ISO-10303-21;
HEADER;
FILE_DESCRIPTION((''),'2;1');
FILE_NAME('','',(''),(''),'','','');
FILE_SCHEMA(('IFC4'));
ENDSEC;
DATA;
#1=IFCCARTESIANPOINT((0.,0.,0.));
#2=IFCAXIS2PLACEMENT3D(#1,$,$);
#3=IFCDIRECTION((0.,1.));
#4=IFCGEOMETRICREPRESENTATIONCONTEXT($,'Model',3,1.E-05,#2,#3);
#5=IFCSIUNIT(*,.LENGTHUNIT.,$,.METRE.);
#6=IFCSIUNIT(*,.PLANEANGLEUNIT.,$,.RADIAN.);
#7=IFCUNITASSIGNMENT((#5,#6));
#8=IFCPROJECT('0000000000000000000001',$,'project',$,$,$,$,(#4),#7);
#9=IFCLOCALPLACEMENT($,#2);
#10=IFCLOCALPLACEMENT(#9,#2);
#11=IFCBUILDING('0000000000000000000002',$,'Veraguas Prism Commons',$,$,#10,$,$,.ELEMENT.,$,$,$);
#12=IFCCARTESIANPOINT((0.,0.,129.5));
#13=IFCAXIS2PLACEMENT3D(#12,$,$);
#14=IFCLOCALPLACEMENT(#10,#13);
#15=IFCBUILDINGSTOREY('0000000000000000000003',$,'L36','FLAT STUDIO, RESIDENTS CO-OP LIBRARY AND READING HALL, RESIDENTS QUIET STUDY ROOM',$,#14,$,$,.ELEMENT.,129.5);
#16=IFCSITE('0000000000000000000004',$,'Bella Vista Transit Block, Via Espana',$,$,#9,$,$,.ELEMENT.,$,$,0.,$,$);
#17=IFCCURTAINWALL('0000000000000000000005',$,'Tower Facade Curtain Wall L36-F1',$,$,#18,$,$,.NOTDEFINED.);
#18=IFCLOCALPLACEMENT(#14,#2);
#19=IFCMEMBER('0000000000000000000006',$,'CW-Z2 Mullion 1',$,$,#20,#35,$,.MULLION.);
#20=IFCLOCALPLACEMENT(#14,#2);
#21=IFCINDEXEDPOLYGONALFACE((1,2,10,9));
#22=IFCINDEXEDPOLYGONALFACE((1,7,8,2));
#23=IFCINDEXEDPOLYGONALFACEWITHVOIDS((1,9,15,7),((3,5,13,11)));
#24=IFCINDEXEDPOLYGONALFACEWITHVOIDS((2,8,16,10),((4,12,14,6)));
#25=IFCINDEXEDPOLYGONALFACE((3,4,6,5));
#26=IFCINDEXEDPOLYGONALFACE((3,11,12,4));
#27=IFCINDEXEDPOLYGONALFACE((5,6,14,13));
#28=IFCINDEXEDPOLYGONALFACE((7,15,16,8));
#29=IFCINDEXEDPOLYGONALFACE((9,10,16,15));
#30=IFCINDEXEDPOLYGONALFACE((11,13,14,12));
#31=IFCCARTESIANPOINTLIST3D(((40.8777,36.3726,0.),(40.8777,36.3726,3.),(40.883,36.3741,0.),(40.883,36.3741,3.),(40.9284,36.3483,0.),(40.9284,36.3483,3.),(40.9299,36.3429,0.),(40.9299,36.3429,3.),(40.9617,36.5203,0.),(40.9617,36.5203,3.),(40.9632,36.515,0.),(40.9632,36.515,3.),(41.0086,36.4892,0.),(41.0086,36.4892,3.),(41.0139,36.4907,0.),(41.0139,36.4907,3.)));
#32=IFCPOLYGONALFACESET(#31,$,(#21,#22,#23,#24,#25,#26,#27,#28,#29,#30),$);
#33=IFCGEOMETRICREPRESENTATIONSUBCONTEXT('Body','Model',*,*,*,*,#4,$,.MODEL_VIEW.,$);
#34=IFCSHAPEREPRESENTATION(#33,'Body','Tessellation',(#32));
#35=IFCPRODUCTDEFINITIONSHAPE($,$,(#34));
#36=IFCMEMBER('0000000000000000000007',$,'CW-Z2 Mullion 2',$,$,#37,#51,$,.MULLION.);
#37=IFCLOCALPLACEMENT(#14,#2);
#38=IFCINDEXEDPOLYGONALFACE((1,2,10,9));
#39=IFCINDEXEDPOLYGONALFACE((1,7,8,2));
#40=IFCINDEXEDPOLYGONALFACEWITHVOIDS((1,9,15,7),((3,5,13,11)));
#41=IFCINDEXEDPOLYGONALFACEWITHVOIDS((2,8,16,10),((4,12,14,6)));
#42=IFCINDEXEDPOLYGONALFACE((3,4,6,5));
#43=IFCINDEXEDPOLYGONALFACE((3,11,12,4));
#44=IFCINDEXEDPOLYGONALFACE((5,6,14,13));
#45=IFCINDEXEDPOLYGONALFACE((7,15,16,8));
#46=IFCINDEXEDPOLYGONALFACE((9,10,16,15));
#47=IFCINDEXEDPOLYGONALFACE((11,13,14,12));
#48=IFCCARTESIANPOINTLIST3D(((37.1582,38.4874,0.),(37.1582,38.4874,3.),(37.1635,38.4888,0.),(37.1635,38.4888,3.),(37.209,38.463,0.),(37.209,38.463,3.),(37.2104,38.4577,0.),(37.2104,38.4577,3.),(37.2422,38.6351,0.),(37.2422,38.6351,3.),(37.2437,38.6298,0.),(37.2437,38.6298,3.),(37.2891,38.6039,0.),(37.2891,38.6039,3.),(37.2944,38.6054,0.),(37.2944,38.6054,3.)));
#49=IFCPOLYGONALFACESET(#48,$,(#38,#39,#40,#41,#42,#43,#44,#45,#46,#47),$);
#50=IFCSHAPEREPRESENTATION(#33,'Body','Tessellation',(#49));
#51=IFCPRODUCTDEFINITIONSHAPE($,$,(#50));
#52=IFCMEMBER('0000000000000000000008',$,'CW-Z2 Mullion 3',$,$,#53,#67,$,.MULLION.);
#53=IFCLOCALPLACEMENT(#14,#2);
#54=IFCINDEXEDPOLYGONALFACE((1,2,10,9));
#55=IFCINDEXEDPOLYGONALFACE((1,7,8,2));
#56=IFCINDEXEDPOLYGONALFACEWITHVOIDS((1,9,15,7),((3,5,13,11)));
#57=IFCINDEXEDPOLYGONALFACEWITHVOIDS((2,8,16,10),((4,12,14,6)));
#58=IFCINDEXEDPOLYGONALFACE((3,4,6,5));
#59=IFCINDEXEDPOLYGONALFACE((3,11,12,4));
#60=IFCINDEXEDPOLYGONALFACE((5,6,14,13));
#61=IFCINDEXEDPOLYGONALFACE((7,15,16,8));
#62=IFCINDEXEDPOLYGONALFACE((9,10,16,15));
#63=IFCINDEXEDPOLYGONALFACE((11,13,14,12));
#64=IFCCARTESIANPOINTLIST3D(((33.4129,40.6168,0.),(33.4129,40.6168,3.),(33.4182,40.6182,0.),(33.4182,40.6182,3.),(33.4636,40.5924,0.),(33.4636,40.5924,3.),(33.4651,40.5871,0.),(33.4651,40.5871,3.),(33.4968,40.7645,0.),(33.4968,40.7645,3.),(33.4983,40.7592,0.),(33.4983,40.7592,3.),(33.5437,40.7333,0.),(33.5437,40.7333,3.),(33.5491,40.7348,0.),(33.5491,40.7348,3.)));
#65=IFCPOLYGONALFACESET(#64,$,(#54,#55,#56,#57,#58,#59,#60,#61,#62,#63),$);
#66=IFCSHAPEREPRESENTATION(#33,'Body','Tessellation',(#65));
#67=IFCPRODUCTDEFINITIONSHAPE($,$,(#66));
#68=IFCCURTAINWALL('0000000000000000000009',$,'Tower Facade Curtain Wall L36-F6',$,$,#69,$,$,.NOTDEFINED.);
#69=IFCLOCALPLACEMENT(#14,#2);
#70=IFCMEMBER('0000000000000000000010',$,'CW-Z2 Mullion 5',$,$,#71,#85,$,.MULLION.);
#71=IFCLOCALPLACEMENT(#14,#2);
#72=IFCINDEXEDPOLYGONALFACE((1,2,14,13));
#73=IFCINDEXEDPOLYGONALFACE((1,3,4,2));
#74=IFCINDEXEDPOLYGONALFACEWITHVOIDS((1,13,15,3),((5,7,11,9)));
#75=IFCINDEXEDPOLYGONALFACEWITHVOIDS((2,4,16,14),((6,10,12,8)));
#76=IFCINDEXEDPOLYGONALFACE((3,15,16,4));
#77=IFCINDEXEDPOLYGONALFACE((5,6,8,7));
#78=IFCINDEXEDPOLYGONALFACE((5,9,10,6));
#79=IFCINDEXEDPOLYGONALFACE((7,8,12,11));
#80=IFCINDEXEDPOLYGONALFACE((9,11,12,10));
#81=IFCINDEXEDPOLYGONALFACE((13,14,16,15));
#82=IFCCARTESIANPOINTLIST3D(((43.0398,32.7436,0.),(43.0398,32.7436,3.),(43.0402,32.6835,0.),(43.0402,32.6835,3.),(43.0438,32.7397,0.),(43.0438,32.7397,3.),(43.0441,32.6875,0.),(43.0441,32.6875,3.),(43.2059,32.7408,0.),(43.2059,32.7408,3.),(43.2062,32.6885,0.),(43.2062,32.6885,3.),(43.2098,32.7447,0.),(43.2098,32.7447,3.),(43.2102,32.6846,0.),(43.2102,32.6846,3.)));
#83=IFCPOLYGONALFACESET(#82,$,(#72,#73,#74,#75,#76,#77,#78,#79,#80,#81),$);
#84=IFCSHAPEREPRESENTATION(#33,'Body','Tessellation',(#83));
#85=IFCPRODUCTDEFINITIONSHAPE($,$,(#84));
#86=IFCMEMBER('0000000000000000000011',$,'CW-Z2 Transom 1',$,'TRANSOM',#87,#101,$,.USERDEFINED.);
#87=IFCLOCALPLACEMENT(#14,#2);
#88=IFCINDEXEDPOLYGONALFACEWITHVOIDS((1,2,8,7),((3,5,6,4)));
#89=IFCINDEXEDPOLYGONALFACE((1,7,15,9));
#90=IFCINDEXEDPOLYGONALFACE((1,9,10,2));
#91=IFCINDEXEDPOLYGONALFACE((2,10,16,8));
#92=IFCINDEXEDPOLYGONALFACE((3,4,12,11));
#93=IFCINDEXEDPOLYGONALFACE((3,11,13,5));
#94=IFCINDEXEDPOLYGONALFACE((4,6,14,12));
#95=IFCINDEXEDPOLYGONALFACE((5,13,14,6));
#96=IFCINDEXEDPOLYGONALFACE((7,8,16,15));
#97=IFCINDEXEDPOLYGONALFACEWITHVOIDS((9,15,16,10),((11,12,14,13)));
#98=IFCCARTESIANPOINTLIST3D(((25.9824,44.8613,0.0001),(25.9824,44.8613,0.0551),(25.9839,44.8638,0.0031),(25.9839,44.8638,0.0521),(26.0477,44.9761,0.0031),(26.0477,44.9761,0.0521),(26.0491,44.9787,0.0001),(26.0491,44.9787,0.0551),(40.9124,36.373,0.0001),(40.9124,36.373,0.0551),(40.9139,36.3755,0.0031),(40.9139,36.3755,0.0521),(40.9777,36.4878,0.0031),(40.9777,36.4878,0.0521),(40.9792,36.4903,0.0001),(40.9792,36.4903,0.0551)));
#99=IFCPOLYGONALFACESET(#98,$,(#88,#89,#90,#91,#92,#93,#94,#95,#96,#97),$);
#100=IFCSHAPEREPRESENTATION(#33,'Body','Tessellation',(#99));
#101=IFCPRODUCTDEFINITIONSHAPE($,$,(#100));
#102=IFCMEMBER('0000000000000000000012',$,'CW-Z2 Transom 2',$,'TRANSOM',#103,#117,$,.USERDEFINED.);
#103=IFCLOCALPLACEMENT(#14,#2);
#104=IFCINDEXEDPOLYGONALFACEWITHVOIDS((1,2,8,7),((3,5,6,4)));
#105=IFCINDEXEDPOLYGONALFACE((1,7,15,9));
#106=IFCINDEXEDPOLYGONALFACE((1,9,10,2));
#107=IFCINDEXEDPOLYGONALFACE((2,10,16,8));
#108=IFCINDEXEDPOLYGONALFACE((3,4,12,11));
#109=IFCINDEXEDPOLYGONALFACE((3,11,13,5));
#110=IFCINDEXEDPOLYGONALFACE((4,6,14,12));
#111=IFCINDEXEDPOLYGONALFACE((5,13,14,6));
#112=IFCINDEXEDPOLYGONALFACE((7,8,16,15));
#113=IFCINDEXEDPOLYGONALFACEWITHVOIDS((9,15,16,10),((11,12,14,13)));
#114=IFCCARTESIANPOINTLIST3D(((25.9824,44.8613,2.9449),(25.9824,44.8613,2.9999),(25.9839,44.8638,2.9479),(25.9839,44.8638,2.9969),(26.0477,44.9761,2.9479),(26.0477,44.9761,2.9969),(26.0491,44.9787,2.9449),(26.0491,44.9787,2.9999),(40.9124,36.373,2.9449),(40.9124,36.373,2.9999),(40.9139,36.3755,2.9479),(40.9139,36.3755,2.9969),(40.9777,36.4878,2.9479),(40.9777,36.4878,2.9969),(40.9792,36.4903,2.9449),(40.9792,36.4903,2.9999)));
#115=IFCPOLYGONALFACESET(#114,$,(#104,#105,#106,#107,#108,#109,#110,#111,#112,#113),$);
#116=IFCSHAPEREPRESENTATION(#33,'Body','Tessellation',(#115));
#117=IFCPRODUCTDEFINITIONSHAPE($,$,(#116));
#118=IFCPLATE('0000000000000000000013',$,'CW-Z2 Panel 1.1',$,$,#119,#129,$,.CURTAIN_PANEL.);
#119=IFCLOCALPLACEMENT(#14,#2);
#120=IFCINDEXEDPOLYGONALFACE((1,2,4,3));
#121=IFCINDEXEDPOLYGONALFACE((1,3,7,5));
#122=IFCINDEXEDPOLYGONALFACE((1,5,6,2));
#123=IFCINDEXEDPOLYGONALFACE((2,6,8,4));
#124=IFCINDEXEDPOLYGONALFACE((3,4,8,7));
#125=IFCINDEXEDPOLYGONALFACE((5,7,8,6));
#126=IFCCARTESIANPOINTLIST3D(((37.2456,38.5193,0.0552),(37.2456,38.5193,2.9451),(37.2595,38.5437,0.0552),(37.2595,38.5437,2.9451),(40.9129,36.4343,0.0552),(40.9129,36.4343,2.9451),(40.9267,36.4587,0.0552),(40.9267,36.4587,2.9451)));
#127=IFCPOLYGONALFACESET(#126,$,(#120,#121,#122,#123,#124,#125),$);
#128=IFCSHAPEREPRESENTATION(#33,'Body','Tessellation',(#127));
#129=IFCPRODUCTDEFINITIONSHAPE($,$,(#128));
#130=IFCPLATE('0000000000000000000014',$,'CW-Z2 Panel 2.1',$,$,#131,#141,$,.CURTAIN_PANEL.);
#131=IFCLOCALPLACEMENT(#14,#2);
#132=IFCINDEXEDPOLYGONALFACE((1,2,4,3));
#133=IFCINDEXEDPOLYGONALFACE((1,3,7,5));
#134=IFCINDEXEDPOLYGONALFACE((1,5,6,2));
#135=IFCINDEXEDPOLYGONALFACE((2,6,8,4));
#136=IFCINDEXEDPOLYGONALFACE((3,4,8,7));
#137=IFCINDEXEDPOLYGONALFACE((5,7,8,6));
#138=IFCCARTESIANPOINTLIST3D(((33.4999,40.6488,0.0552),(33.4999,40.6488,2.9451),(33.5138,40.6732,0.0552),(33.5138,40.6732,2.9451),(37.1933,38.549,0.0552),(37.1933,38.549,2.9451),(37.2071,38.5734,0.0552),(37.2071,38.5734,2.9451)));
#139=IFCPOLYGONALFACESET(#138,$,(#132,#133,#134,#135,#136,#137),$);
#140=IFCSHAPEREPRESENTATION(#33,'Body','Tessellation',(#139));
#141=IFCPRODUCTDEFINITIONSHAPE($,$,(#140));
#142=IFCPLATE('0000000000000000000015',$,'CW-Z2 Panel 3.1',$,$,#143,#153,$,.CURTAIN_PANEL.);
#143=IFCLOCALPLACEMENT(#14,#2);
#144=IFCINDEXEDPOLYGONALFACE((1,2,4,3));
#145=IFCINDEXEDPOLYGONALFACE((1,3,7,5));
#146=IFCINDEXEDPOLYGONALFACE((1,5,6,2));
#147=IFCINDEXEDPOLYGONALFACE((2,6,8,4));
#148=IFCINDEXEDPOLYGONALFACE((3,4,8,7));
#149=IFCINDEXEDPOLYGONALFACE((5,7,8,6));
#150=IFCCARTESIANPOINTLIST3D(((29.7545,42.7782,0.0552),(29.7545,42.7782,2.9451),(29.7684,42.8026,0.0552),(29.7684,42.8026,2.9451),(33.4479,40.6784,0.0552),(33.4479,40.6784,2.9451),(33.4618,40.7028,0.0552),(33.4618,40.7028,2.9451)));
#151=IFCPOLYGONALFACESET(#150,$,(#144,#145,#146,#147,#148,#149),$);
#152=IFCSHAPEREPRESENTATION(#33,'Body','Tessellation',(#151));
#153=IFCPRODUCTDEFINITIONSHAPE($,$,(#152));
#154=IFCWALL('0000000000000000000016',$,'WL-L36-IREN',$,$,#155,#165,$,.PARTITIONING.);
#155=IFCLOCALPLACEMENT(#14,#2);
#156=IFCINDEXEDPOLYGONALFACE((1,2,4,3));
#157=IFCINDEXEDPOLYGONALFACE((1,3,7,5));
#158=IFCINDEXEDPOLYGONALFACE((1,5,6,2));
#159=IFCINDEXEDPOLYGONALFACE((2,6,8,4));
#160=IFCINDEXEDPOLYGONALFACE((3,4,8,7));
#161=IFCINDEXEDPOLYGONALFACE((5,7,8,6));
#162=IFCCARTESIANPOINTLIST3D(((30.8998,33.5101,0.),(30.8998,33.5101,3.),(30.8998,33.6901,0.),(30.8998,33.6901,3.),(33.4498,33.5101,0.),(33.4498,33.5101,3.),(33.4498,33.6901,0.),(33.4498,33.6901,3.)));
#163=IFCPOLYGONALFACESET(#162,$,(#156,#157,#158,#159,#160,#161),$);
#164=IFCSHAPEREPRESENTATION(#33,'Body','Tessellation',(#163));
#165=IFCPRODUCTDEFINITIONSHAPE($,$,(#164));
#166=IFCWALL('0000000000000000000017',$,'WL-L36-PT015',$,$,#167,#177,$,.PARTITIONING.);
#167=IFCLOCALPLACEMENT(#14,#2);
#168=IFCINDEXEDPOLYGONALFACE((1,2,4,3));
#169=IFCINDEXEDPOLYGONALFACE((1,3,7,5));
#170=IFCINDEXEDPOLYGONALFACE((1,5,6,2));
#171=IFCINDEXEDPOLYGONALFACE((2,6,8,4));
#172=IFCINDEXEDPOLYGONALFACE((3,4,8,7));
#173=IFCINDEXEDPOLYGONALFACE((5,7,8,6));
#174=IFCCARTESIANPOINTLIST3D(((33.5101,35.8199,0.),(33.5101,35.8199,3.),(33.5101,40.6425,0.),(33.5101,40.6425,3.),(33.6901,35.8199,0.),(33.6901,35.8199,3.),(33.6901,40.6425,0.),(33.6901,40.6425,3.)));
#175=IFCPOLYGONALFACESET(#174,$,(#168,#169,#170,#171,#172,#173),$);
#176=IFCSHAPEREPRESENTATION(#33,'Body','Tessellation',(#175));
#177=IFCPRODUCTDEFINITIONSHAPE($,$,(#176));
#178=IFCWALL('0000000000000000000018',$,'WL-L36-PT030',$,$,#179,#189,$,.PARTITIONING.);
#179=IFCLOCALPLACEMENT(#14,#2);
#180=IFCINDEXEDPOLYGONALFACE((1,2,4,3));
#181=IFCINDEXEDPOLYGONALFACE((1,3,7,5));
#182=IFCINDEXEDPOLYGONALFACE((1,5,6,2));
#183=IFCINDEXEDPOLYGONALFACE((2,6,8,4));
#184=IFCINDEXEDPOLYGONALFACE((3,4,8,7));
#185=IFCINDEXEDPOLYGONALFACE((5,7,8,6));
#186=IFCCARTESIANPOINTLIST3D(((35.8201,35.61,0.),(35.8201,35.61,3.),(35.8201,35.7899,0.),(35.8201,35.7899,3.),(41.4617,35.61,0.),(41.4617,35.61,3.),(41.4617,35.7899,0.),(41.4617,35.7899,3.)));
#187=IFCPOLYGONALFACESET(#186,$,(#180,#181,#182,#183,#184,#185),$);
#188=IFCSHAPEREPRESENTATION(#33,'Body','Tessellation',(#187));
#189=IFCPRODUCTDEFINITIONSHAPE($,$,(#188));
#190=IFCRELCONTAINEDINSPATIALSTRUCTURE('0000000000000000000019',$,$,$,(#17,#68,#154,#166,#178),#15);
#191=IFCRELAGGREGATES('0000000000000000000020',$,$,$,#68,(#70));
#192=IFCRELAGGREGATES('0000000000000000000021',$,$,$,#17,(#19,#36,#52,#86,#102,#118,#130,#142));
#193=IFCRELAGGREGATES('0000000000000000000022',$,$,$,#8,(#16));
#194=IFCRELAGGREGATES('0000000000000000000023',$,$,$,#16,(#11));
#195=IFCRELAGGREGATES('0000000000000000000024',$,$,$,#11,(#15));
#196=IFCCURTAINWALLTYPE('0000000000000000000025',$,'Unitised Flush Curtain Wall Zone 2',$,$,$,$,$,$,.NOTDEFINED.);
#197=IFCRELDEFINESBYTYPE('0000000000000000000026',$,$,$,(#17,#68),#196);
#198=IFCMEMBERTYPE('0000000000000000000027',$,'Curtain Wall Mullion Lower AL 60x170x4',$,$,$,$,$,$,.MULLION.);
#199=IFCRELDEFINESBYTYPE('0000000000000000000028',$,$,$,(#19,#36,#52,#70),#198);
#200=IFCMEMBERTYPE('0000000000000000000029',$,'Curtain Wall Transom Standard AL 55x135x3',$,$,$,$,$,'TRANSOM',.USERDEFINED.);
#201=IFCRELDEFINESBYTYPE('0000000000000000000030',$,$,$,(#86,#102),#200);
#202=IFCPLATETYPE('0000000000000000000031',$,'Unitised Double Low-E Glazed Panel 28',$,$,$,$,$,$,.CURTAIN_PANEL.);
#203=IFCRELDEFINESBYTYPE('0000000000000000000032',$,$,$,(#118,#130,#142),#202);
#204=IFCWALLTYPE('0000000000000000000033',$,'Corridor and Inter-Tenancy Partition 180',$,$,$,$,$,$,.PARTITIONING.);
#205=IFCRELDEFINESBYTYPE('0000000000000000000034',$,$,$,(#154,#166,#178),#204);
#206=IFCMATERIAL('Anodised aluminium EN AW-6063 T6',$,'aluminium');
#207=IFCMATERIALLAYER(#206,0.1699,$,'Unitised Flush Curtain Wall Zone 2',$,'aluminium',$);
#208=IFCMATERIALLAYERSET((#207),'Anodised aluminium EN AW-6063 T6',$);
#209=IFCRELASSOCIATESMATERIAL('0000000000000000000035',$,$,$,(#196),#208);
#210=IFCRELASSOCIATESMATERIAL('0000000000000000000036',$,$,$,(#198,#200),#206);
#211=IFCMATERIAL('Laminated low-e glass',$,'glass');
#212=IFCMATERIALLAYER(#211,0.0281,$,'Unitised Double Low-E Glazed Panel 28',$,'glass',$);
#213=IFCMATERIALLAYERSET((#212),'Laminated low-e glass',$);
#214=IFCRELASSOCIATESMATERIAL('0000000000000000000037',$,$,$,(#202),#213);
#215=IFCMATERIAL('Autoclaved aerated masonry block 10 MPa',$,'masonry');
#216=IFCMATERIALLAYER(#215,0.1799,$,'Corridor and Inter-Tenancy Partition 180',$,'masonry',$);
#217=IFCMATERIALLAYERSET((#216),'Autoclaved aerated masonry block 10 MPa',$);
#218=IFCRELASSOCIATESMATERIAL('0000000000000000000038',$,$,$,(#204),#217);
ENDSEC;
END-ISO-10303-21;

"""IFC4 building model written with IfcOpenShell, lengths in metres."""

from ifc_helpers import new_model, si_unit, direction, frame, frame_2d, origin, origin_2d, place, context, subcontext, project, spatial, rectangle, hollow_rectangle, extrude, source, transform, mapped, material, layer, layer_set, material_profile, profile_set, type_object, element, aggregate, save


model = new_model("IFC4")

# Units and contexts
model_context = context("Model", 3, precision=1e-05, world=origin(), true_north=direction((0.0, 1.0)))
body_context = subcontext(model_context, "Body", "Model", "MODEL_VIEW")
ifc_project = project(units=[si_unit("LENGTHUNIT", "METRE"), si_unit("PLANEANGLEUNIT", "RADIAN")], contexts=[model_context])

# Site, building, storey
site_placement = place(None, origin())
site = spatial("IfcSite", under=ifc_project, at=site_placement, Name="Bella Vista Transit Block, Via Espana", CompositionType="ELEMENT", RefElevation=0.0)
building_placement = place(site_placement, origin())
building = spatial("IfcBuilding", under=site, at=building_placement, Name="Veraguas Prism Commons", CompositionType="ELEMENT")
storey_placement = place(building_placement, frame((0.0, 0.0, 129.5)))
storey = spatial("IfcBuildingStorey", under=building, at=storey_placement, Name="L36", Description="FLAT STUDIO, RESIDENTS CO-OP LIBRARY AND READING HALL, RESIDENTS QUIET STUDY ROOM", CompositionType="ELEMENT", Elevation=129.5)

# Curtain wall, members
ifc_material_1 = material(Name="Anodised aluminium EN AW-6063 T6", Category="aluminium")
ifc_layer_1 = layer(ifc_material_1, 0.1699, Name="Unitised Flush Curtain Wall Zone 2", Category="aluminium")
ifc_layer_set_1 = layer_set([ifc_layer_1], Name="Anodised aluminium EN AW-6063 T6")
curtain_wall_type = type_object("IfcCurtainWallType", Name="Unitised Flush Curtain Wall Zone 2", PredefinedType="NOTDEFINED", material=ifc_layer_set_1)
curtain_wall_1_placement = place(storey_placement, origin())
curtain_wall_1 = element("IfcCurtainWall", 1, at=curtain_wall_1_placement, inside=storey, type_object=curtain_wall_type, Name="Tower Facade Curtain Wall L36-F1", PredefinedType="NOTDEFINED")
ifc_material_profile_1 = material_profile(ifc_material_1, hollow_rectangle(XDim=0.0601, YDim=0.1699, WallThickness=0.0039, at=origin_2d()), Name="AL60X170X4")
ifc_profile_set_1 = profile_set([ifc_material_profile_1], Name="Anodised aluminium EN AW-6063 T6")
member_type_1 = type_object("IfcMemberType", Name="Curtain Wall Mullion Lower AL 60x170x4", PredefinedType="MULLION", material=ifc_profile_set_1)
shared_shape_1 = source(origin(), body_context, "Body", "SweptSolid", [
    extrude(hollow_rectangle(XDim=0.0601, YDim=0.1699, WallThickness=0.0039, at=origin_2d()), origin(), (0.0, 0.0, 1.0), 3.0),
])
member_1_placement = place(storey_placement, frame((40.9458, 36.4316, 0.0), z_axis=(0.0, 0.0, 1.0), x_axis=(-0.869323, 0.494244, 0.0)))
member_1 = element("IfcMember", 2, at=member_1_placement, type_object=member_type_1, Name="CW-Z2 Mullion 1", PredefinedType="MULLION", context=body_context, shape_type="MappedRepresentation", body=[
    mapped(shared_shape_1, transform((0.0, 0.0, 0.0), scale=1.0)),
])
member_2_placement = place(storey_placement, frame((37.2263, 38.5464, 0.0), z_axis=(0.0, 0.0, 1.0), x_axis=(-0.869323, 0.494244, 0.0)))
member_2 = element("IfcMember", 3, at=member_2_placement, type_object=member_type_1, Name="CW-Z2 Mullion 2", PredefinedType="MULLION", context=body_context, shape_type="MappedRepresentation", body=[
    mapped(shared_shape_1, transform((0.0, 0.0, 0.0), scale=1.0)),
])
member_3_placement = place(storey_placement, frame((33.481, 40.6758, 0.0), z_axis=(0.0, 0.0, 1.0), x_axis=(-0.869323, 0.494244, 0.0)))
member_3 = element("IfcMember", 4, at=member_3_placement, type_object=member_type_1, Name="CW-Z2 Mullion 3", PredefinedType="MULLION", context=body_context, shape_type="MappedRepresentation", body=[
    mapped(shared_shape_1, transform((0.0, 0.0, 0.0), scale=1.0)),
])

# Curtain wall, member
curtain_wall_2_placement = place(storey_placement, origin())
curtain_wall_2 = element("IfcCurtainWall", 5, at=curtain_wall_2_placement, inside=storey, type_object=curtain_wall_type, Name="Tower Facade Curtain Wall L36-F6", PredefinedType="NOTDEFINED")
member_4_placement = place(storey_placement, frame((43.125, 32.7141, 0.0), z_axis=(0.0, 0.0, 1.0), x_axis=(-0.006632, 0.999978, 0.0)))
member_4 = element("IfcMember", 6, at=member_4_placement, type_object=member_type_1, Name="CW-Z2 Mullion 5", PredefinedType="MULLION", context=body_context, shape_type="MappedRepresentation", body=[
    mapped(shared_shape_1, transform((0.0, 0.0, 0.0), scale=1.0)),
])
aggregate(curtain_wall_2, [member_4])

# Members
ifc_material_profile_2 = material_profile(ifc_material_1, hollow_rectangle(XDim=0.0549, YDim=0.135, WallThickness=0.0029, at=origin_2d()), Name="AL55X135X3")
ifc_profile_set_2 = profile_set([ifc_material_profile_2], Name="Anodised aluminium EN AW-6063 T6")
member_type_2 = type_object("IfcMemberType", Name="Curtain Wall Transom Standard AL 55x135x3", ElementType="TRANSOM", PredefinedType="USERDEFINED", material=ifc_profile_set_2)
shared_shape_2 = source(origin(), body_context, "Body", "SweptSolid", [
    extrude(hollow_rectangle(XDim=0.0549, YDim=0.135, WallThickness=0.0029, at=origin_2d()), origin(), (0.0, 0.0, 1.0), 17.1743),
])
member_5_placement = place(storey_placement, frame((40.9458, 36.4316, 0.0276), z_axis=(-0.869322, 0.494246, 0.0), x_axis=(0.0, 0.0, 1.0)))
member_5 = element("IfcMember", 7, at=member_5_placement, type_object=member_type_2, Name="CW-Z2 Transom 1", ObjectType="TRANSOM", PredefinedType="USERDEFINED", context=body_context, shape_type="MappedRepresentation", body=[
    mapped(shared_shape_2, transform((0.0, 0.0, 0.0), scale=1.0)),
])
member_6_placement = place(storey_placement, frame((40.9458, 36.4316, 2.9724), z_axis=(-0.869322, 0.494246, 0.0), x_axis=(0.0, 0.0, 1.0)))
member_6 = element("IfcMember", 8, at=member_6_placement, type_object=member_type_2, Name="CW-Z2 Transom 2", ObjectType="TRANSOM", PredefinedType="USERDEFINED", context=body_context, shape_type="MappedRepresentation", body=[
    mapped(shared_shape_2, transform((0.0, 0.0, 0.0), scale=1.0)),
])

# Plates
ifc_material_2 = material(Name="Laminated low-e glass", Category="glass")
ifc_layer_2 = layer(ifc_material_2, 0.0281, Name="Unitised Double Low-E Glazed Panel 28", Category="glass")
ifc_layer_set_2 = layer_set([ifc_layer_2], Name="Laminated low-e glass")
plate_type = type_object("IfcPlateType", Name="Unitised Double Low-E Glazed Panel 28", PredefinedType="CURTAIN_PANEL", material=ifc_layer_set_2)
shared_shape_3 = source(origin(), body_context, "Body", "SweptSolid", [
    extrude(rectangle(XDim=4.2185, YDim=0.0281, at=origin_2d()), origin(), (0.0, 0.0, 1.0), 2.8899),
])
plate_1_placement = place(storey_placement, frame((39.0862, 37.489, 0.0552), z_axis=(0.0, 0.0, 1.0), x_axis=(-0.869323, 0.494244, 0.0)))
plate_1 = element("IfcPlate", 9, at=plate_1_placement, type_object=plate_type, Name="CW-Z2 Panel 1.1", PredefinedType="CURTAIN_PANEL", context=body_context, shape_type="MappedRepresentation", body=[
    mapped(shared_shape_3, transform((0.0, 0.0, 0.0), scale=1.0)),
])
shared_shape_4 = source(origin(), body_context, "Body", "SweptSolid", [
    extrude(rectangle(XDim=4.2485, YDim=0.0281, at=origin_2d()), origin(), (0.0, 0.0, 1.0), 2.8899),
])
plate_2_placement = place(storey_placement, frame((35.3535, 39.6111, 0.0552), z_axis=(0.0, 0.0, 1.0), x_axis=(-0.869323, 0.494244, 0.0)))
plate_2 = element("IfcPlate", 10, at=plate_2_placement, type_object=plate_type, Name="CW-Z2 Panel 2.1", PredefinedType="CURTAIN_PANEL", context=body_context, shape_type="MappedRepresentation", body=[
    mapped(shared_shape_4, transform((0.0, 0.0, 0.0), scale=1.0)),
])
plate_3_placement = place(storey_placement, frame((31.6082, 41.7405, 0.0552), z_axis=(0.0, 0.0, 1.0), x_axis=(-0.869323, 0.494244, 0.0)))
plate_3 = element("IfcPlate", 11, at=plate_3_placement, type_object=plate_type, Name="CW-Z2 Panel 3.1", PredefinedType="CURTAIN_PANEL", context=body_context, shape_type="MappedRepresentation", body=[
    mapped(shared_shape_4, transform((0.0, 0.0, 0.0), scale=1.0)),
])
aggregate(curtain_wall_1, [member_1, member_2, member_3, member_5, member_6, plate_1, plate_2, plate_3])

# Walls
ifc_material_3 = material(Name="Autoclaved aerated masonry block 10 MPa", Category="masonry")
ifc_layer_3 = layer(ifc_material_3, 0.1799, Name="Corridor and Inter-Tenancy Partition 180", Category="masonry")
ifc_layer_set_3 = layer_set([ifc_layer_3], Name="Autoclaved aerated masonry block 10 MPa")
wall_type_1 = type_object("IfcWallType", Name="Corridor and Inter-Tenancy Partition 180", PredefinedType="PARTITIONING", material=ifc_layer_set_3)
wall_1_placement = place(storey_placement, frame((30.8999, 33.6001, 0.0), z_axis=(0.0, 0.0, 1.0), x_axis=(1.0, 0.0, 0.0)))
element("IfcWall", 12, at=wall_1_placement, inside=storey, type_object=wall_type_1, Name="WL-L36-IREN", PredefinedType="PARTITIONING", context=body_context, shape_type="SweptSolid", body=[
    extrude(rectangle(XDim=2.55, YDim=0.1799, at=frame_2d((1.2749, 0.0))), origin(), (0.0, 0.0, 1.0), 3.0),
])
wall_2_placement = place(storey_placement, frame((33.6001, 35.8201, 0.0), z_axis=(0.0, 0.0, 1.0), x_axis=(0.0, 1.0, 0.0)))
element("IfcWall", 13, at=wall_2_placement, inside=storey, type_object=wall_type_1, Name="WL-L36-PT015", PredefinedType="PARTITIONING", context=body_context, shape_type="SweptSolid", body=[
    extrude(rectangle(XDim=4.8225, YDim=0.1799, at=frame_2d((2.4111, 0.0))), origin(), (0.0, 0.0, 1.0), 3.0),
])
wall_3_placement = place(storey_placement, frame((35.8201, 35.7, 0.0), z_axis=(0.0, 0.0, 1.0), x_axis=(1.0, 0.0, 0.0)))
element("IfcWall", 14, at=wall_3_placement, inside=storey, type_object=wall_type_1, Name="WL-L36-PT030", PredefinedType="PARTITIONING", context=body_context, shape_type="SweptSolid", body=[
    extrude(rectangle(XDim=5.6416, YDim=0.1799, at=frame_2d((2.8208, 0.0))), origin(), (0.0, 0.0, 1.0), 3.0),
])

save(model, "model.ifc")
